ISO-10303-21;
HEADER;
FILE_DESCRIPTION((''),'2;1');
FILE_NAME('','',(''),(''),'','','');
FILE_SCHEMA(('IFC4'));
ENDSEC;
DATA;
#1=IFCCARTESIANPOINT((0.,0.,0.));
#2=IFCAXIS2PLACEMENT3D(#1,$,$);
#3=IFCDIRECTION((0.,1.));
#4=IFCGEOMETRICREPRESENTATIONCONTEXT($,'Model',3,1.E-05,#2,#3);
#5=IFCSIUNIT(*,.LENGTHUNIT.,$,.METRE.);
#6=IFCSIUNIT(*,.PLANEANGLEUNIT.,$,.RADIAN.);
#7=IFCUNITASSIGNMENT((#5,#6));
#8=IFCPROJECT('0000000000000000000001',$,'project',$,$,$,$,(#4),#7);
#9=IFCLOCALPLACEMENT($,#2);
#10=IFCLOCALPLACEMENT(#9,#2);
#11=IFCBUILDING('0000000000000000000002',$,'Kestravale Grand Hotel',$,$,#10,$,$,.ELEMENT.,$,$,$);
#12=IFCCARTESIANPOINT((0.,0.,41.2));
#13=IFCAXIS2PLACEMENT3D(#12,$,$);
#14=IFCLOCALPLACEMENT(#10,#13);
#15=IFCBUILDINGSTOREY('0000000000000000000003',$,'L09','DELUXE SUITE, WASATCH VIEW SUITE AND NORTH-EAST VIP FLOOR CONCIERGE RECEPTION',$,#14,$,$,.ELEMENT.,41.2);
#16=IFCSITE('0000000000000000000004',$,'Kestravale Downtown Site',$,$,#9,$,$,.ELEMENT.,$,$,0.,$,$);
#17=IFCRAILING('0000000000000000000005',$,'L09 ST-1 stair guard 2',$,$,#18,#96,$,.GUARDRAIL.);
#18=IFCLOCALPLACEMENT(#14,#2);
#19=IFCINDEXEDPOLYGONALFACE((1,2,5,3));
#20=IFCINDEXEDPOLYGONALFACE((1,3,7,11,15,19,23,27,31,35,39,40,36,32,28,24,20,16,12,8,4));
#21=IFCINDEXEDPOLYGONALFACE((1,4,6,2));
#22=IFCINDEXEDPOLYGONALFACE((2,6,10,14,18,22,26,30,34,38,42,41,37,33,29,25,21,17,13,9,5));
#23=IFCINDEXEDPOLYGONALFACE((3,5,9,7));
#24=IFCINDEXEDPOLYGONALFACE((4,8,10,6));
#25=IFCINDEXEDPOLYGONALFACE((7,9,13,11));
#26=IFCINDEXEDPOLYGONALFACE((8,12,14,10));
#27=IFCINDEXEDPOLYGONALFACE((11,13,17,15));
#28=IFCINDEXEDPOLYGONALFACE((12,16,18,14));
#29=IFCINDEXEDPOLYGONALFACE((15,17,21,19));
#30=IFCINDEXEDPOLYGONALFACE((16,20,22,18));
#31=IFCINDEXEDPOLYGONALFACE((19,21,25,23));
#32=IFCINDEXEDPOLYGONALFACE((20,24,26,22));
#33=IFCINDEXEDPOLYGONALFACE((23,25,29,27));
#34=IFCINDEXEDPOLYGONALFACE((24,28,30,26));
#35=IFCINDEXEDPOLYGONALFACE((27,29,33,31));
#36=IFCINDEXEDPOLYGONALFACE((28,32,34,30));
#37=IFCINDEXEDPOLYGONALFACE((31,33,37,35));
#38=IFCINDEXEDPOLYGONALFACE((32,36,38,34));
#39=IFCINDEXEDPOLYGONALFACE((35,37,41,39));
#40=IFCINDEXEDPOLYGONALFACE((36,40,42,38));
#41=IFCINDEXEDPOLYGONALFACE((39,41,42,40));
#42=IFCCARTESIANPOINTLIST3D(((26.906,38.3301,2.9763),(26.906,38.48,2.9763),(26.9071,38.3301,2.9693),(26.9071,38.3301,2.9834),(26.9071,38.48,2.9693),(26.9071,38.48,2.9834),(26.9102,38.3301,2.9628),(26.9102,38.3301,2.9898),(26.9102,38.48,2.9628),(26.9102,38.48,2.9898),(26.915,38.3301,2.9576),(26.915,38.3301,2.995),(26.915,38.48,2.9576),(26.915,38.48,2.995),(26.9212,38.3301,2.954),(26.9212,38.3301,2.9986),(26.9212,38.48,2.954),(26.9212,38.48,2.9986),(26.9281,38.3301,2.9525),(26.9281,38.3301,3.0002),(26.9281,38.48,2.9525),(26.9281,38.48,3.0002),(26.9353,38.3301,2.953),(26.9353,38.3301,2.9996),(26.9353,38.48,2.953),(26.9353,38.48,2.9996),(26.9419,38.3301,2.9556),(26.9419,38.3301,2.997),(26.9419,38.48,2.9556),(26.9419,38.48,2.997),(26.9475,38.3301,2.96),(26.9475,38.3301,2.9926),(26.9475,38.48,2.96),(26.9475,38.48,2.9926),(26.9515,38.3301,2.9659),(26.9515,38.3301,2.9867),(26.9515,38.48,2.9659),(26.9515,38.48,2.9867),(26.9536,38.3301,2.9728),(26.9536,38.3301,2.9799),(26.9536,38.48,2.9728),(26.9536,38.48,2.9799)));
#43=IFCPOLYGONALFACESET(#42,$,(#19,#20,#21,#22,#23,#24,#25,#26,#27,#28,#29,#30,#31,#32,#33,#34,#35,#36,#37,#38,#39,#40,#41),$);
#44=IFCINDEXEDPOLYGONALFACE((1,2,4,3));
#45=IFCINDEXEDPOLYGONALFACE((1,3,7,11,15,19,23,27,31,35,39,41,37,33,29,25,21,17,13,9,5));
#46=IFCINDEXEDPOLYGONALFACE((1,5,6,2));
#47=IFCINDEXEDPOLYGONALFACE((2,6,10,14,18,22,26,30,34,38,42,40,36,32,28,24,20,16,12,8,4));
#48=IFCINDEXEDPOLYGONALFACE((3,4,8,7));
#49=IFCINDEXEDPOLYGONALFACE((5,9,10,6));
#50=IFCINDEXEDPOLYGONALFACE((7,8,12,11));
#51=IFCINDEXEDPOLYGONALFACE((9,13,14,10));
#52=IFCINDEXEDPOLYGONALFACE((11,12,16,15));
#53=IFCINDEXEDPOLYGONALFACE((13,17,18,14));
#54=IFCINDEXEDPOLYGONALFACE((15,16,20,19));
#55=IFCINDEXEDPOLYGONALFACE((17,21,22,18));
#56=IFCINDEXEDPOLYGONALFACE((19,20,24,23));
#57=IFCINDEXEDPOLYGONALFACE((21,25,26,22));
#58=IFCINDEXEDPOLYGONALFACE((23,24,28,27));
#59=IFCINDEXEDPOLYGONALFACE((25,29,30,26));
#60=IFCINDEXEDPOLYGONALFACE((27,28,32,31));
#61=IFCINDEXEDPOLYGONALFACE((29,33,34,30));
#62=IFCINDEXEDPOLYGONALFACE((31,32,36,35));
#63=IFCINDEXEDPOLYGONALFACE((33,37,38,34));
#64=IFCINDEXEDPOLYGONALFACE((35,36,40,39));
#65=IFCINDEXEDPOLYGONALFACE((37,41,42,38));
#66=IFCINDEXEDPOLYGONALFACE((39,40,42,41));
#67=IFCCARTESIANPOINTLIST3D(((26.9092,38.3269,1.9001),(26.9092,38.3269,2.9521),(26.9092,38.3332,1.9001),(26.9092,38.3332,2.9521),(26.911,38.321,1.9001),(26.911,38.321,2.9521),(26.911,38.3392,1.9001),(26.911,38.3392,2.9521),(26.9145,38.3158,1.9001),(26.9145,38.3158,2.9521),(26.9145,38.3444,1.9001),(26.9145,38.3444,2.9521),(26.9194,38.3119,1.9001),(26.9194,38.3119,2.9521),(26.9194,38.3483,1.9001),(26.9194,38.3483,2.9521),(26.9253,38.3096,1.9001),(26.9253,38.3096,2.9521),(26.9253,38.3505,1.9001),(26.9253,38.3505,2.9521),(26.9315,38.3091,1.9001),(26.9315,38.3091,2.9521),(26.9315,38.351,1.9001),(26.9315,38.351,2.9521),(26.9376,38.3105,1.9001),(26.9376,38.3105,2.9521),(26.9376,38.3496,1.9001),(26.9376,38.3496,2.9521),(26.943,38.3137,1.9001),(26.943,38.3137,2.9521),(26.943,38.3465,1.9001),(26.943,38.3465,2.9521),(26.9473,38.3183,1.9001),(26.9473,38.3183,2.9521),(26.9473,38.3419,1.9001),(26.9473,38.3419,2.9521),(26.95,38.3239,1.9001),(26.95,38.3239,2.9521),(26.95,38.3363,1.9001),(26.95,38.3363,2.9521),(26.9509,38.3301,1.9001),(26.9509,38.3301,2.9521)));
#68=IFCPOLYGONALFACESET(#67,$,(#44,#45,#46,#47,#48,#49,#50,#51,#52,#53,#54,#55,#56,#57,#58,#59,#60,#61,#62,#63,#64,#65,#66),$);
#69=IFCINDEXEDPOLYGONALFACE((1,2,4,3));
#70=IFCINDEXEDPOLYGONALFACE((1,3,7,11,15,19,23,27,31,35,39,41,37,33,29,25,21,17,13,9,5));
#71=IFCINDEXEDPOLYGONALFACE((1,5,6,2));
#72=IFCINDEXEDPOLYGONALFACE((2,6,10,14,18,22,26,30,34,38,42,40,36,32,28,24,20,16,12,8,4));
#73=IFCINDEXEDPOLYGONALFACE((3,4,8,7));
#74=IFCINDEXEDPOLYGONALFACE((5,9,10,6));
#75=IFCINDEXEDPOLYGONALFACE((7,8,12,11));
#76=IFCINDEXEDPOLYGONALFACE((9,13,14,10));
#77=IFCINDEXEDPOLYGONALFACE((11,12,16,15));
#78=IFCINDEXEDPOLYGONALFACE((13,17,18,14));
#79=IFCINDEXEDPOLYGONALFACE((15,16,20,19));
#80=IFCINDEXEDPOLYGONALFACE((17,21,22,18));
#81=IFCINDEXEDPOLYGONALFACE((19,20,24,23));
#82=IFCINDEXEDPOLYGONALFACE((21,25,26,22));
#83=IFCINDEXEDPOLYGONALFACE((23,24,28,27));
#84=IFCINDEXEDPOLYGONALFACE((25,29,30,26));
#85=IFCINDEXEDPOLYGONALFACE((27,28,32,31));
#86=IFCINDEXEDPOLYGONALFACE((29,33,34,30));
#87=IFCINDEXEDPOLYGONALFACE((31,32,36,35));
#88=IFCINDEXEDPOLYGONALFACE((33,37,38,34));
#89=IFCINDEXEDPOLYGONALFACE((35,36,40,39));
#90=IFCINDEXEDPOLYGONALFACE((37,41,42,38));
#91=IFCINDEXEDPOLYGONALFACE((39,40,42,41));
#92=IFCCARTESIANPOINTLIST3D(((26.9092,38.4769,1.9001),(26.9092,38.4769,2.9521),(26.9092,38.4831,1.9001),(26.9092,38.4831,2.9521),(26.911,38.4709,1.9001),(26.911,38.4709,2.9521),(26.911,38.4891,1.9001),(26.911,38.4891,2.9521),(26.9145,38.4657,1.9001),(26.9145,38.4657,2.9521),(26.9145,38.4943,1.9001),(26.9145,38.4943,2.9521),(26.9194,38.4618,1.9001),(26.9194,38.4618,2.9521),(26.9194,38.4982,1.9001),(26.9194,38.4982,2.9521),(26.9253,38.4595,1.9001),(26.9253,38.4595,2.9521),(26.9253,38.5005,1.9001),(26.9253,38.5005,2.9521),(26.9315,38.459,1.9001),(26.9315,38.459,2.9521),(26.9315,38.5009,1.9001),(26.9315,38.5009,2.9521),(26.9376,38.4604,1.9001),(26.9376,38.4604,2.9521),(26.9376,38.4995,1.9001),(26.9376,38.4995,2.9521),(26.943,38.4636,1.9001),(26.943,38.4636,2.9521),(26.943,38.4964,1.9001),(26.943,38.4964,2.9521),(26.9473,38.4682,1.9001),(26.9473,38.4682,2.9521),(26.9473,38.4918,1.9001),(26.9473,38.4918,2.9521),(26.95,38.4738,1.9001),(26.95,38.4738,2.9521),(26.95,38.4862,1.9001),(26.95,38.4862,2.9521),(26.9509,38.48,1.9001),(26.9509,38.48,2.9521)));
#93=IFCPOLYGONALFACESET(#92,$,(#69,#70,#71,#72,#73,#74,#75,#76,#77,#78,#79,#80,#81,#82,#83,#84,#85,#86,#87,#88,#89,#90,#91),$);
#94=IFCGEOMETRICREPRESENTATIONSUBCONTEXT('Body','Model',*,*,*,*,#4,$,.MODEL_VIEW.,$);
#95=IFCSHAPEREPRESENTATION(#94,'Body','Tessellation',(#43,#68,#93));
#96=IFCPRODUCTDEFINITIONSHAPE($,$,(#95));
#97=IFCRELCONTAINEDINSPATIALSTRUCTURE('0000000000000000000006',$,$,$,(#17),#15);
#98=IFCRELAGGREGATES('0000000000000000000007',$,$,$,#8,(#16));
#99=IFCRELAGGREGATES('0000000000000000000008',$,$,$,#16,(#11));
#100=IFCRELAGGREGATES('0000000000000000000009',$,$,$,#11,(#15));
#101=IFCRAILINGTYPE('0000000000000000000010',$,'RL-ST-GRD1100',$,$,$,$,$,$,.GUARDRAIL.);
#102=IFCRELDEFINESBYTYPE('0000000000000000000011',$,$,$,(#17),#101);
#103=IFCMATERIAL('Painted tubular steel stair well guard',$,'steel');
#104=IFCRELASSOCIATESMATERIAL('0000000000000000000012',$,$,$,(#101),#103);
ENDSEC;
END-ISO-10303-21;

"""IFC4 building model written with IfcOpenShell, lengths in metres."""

from ifc_helpers import new_model, si_unit, direction, frame, origin, origin_2d, place, context, subcontext, project, spatial, circle, extrude, material, type_object, element, save


model = new_model("IFC4")

# Units and contexts
model_context = context("Model", 3, precision=1e-05, world=origin(), true_north=direction((0.0, 1.0)))
body_context = subcontext(model_context, "Body", "Model", "MODEL_VIEW")
ifc_project = project(units=[si_unit("LENGTHUNIT", "METRE"), si_unit("PLANEANGLEUNIT", "RADIAN")], contexts=[model_context])

# Site, building, storey
site_placement = place(None, origin())
site = spatial("IfcSite", under=ifc_project, at=site_placement, Name="Kestravale Downtown Site", CompositionType="ELEMENT", RefElevation=0.0)
building_placement = place(site_placement, origin())
building = spatial("IfcBuilding", under=site, at=building_placement, Name="Kestravale Grand Hotel", CompositionType="ELEMENT")
storey_placement = place(building_placement, frame((0.0, 0.0, 41.2)))
storey = spatial("IfcBuildingStorey", under=building, at=storey_placement, Name="L09", Description="DELUXE SUITE, WASATCH VIEW SUITE AND NORTH-EAST VIP FLOOR CONCIERGE RECEPTION", CompositionType="ELEMENT", Elevation=41.2)

# Railing
ifc_material_1 = material(Name="Painted tubular steel stair well guard", Category="steel")
railing_type_1 = type_object("IfcRailingType", Name="RL-ST-GRD1100", PredefinedType="GUARDRAIL", material=ifc_material_1)
railing_1_placement = place(storey_placement, frame((26.9299, 38.3301, 1.9001)))
element("IfcRailing", 1, at=railing_1_placement, inside=storey, type_object=railing_type_1, Name="L09 ST-1 stair guard 2", PredefinedType="GUARDRAIL", context=body_context, shape_type="SweptSolid", body=[
    extrude(circle(Radius=0.0239, at=origin_2d()), frame((0.0, 0.0, 1.0762), z_axis=(0.0, 1.0, 0.0), x_axis=(-1.0, 0.0, 0.0)), (0.0, 0.0, 1.0), 0.1499),
    extrude(circle(Radius=0.021, at=origin_2d()), origin(), (0.0, 0.0, 1.0), 1.052),
    extrude(circle(Radius=0.021, at=origin_2d()), frame((0.0, 0.1499, 0.0)), (0.0, 0.0, 1.0), 1.052),
])

save(model, "model.ifc")
